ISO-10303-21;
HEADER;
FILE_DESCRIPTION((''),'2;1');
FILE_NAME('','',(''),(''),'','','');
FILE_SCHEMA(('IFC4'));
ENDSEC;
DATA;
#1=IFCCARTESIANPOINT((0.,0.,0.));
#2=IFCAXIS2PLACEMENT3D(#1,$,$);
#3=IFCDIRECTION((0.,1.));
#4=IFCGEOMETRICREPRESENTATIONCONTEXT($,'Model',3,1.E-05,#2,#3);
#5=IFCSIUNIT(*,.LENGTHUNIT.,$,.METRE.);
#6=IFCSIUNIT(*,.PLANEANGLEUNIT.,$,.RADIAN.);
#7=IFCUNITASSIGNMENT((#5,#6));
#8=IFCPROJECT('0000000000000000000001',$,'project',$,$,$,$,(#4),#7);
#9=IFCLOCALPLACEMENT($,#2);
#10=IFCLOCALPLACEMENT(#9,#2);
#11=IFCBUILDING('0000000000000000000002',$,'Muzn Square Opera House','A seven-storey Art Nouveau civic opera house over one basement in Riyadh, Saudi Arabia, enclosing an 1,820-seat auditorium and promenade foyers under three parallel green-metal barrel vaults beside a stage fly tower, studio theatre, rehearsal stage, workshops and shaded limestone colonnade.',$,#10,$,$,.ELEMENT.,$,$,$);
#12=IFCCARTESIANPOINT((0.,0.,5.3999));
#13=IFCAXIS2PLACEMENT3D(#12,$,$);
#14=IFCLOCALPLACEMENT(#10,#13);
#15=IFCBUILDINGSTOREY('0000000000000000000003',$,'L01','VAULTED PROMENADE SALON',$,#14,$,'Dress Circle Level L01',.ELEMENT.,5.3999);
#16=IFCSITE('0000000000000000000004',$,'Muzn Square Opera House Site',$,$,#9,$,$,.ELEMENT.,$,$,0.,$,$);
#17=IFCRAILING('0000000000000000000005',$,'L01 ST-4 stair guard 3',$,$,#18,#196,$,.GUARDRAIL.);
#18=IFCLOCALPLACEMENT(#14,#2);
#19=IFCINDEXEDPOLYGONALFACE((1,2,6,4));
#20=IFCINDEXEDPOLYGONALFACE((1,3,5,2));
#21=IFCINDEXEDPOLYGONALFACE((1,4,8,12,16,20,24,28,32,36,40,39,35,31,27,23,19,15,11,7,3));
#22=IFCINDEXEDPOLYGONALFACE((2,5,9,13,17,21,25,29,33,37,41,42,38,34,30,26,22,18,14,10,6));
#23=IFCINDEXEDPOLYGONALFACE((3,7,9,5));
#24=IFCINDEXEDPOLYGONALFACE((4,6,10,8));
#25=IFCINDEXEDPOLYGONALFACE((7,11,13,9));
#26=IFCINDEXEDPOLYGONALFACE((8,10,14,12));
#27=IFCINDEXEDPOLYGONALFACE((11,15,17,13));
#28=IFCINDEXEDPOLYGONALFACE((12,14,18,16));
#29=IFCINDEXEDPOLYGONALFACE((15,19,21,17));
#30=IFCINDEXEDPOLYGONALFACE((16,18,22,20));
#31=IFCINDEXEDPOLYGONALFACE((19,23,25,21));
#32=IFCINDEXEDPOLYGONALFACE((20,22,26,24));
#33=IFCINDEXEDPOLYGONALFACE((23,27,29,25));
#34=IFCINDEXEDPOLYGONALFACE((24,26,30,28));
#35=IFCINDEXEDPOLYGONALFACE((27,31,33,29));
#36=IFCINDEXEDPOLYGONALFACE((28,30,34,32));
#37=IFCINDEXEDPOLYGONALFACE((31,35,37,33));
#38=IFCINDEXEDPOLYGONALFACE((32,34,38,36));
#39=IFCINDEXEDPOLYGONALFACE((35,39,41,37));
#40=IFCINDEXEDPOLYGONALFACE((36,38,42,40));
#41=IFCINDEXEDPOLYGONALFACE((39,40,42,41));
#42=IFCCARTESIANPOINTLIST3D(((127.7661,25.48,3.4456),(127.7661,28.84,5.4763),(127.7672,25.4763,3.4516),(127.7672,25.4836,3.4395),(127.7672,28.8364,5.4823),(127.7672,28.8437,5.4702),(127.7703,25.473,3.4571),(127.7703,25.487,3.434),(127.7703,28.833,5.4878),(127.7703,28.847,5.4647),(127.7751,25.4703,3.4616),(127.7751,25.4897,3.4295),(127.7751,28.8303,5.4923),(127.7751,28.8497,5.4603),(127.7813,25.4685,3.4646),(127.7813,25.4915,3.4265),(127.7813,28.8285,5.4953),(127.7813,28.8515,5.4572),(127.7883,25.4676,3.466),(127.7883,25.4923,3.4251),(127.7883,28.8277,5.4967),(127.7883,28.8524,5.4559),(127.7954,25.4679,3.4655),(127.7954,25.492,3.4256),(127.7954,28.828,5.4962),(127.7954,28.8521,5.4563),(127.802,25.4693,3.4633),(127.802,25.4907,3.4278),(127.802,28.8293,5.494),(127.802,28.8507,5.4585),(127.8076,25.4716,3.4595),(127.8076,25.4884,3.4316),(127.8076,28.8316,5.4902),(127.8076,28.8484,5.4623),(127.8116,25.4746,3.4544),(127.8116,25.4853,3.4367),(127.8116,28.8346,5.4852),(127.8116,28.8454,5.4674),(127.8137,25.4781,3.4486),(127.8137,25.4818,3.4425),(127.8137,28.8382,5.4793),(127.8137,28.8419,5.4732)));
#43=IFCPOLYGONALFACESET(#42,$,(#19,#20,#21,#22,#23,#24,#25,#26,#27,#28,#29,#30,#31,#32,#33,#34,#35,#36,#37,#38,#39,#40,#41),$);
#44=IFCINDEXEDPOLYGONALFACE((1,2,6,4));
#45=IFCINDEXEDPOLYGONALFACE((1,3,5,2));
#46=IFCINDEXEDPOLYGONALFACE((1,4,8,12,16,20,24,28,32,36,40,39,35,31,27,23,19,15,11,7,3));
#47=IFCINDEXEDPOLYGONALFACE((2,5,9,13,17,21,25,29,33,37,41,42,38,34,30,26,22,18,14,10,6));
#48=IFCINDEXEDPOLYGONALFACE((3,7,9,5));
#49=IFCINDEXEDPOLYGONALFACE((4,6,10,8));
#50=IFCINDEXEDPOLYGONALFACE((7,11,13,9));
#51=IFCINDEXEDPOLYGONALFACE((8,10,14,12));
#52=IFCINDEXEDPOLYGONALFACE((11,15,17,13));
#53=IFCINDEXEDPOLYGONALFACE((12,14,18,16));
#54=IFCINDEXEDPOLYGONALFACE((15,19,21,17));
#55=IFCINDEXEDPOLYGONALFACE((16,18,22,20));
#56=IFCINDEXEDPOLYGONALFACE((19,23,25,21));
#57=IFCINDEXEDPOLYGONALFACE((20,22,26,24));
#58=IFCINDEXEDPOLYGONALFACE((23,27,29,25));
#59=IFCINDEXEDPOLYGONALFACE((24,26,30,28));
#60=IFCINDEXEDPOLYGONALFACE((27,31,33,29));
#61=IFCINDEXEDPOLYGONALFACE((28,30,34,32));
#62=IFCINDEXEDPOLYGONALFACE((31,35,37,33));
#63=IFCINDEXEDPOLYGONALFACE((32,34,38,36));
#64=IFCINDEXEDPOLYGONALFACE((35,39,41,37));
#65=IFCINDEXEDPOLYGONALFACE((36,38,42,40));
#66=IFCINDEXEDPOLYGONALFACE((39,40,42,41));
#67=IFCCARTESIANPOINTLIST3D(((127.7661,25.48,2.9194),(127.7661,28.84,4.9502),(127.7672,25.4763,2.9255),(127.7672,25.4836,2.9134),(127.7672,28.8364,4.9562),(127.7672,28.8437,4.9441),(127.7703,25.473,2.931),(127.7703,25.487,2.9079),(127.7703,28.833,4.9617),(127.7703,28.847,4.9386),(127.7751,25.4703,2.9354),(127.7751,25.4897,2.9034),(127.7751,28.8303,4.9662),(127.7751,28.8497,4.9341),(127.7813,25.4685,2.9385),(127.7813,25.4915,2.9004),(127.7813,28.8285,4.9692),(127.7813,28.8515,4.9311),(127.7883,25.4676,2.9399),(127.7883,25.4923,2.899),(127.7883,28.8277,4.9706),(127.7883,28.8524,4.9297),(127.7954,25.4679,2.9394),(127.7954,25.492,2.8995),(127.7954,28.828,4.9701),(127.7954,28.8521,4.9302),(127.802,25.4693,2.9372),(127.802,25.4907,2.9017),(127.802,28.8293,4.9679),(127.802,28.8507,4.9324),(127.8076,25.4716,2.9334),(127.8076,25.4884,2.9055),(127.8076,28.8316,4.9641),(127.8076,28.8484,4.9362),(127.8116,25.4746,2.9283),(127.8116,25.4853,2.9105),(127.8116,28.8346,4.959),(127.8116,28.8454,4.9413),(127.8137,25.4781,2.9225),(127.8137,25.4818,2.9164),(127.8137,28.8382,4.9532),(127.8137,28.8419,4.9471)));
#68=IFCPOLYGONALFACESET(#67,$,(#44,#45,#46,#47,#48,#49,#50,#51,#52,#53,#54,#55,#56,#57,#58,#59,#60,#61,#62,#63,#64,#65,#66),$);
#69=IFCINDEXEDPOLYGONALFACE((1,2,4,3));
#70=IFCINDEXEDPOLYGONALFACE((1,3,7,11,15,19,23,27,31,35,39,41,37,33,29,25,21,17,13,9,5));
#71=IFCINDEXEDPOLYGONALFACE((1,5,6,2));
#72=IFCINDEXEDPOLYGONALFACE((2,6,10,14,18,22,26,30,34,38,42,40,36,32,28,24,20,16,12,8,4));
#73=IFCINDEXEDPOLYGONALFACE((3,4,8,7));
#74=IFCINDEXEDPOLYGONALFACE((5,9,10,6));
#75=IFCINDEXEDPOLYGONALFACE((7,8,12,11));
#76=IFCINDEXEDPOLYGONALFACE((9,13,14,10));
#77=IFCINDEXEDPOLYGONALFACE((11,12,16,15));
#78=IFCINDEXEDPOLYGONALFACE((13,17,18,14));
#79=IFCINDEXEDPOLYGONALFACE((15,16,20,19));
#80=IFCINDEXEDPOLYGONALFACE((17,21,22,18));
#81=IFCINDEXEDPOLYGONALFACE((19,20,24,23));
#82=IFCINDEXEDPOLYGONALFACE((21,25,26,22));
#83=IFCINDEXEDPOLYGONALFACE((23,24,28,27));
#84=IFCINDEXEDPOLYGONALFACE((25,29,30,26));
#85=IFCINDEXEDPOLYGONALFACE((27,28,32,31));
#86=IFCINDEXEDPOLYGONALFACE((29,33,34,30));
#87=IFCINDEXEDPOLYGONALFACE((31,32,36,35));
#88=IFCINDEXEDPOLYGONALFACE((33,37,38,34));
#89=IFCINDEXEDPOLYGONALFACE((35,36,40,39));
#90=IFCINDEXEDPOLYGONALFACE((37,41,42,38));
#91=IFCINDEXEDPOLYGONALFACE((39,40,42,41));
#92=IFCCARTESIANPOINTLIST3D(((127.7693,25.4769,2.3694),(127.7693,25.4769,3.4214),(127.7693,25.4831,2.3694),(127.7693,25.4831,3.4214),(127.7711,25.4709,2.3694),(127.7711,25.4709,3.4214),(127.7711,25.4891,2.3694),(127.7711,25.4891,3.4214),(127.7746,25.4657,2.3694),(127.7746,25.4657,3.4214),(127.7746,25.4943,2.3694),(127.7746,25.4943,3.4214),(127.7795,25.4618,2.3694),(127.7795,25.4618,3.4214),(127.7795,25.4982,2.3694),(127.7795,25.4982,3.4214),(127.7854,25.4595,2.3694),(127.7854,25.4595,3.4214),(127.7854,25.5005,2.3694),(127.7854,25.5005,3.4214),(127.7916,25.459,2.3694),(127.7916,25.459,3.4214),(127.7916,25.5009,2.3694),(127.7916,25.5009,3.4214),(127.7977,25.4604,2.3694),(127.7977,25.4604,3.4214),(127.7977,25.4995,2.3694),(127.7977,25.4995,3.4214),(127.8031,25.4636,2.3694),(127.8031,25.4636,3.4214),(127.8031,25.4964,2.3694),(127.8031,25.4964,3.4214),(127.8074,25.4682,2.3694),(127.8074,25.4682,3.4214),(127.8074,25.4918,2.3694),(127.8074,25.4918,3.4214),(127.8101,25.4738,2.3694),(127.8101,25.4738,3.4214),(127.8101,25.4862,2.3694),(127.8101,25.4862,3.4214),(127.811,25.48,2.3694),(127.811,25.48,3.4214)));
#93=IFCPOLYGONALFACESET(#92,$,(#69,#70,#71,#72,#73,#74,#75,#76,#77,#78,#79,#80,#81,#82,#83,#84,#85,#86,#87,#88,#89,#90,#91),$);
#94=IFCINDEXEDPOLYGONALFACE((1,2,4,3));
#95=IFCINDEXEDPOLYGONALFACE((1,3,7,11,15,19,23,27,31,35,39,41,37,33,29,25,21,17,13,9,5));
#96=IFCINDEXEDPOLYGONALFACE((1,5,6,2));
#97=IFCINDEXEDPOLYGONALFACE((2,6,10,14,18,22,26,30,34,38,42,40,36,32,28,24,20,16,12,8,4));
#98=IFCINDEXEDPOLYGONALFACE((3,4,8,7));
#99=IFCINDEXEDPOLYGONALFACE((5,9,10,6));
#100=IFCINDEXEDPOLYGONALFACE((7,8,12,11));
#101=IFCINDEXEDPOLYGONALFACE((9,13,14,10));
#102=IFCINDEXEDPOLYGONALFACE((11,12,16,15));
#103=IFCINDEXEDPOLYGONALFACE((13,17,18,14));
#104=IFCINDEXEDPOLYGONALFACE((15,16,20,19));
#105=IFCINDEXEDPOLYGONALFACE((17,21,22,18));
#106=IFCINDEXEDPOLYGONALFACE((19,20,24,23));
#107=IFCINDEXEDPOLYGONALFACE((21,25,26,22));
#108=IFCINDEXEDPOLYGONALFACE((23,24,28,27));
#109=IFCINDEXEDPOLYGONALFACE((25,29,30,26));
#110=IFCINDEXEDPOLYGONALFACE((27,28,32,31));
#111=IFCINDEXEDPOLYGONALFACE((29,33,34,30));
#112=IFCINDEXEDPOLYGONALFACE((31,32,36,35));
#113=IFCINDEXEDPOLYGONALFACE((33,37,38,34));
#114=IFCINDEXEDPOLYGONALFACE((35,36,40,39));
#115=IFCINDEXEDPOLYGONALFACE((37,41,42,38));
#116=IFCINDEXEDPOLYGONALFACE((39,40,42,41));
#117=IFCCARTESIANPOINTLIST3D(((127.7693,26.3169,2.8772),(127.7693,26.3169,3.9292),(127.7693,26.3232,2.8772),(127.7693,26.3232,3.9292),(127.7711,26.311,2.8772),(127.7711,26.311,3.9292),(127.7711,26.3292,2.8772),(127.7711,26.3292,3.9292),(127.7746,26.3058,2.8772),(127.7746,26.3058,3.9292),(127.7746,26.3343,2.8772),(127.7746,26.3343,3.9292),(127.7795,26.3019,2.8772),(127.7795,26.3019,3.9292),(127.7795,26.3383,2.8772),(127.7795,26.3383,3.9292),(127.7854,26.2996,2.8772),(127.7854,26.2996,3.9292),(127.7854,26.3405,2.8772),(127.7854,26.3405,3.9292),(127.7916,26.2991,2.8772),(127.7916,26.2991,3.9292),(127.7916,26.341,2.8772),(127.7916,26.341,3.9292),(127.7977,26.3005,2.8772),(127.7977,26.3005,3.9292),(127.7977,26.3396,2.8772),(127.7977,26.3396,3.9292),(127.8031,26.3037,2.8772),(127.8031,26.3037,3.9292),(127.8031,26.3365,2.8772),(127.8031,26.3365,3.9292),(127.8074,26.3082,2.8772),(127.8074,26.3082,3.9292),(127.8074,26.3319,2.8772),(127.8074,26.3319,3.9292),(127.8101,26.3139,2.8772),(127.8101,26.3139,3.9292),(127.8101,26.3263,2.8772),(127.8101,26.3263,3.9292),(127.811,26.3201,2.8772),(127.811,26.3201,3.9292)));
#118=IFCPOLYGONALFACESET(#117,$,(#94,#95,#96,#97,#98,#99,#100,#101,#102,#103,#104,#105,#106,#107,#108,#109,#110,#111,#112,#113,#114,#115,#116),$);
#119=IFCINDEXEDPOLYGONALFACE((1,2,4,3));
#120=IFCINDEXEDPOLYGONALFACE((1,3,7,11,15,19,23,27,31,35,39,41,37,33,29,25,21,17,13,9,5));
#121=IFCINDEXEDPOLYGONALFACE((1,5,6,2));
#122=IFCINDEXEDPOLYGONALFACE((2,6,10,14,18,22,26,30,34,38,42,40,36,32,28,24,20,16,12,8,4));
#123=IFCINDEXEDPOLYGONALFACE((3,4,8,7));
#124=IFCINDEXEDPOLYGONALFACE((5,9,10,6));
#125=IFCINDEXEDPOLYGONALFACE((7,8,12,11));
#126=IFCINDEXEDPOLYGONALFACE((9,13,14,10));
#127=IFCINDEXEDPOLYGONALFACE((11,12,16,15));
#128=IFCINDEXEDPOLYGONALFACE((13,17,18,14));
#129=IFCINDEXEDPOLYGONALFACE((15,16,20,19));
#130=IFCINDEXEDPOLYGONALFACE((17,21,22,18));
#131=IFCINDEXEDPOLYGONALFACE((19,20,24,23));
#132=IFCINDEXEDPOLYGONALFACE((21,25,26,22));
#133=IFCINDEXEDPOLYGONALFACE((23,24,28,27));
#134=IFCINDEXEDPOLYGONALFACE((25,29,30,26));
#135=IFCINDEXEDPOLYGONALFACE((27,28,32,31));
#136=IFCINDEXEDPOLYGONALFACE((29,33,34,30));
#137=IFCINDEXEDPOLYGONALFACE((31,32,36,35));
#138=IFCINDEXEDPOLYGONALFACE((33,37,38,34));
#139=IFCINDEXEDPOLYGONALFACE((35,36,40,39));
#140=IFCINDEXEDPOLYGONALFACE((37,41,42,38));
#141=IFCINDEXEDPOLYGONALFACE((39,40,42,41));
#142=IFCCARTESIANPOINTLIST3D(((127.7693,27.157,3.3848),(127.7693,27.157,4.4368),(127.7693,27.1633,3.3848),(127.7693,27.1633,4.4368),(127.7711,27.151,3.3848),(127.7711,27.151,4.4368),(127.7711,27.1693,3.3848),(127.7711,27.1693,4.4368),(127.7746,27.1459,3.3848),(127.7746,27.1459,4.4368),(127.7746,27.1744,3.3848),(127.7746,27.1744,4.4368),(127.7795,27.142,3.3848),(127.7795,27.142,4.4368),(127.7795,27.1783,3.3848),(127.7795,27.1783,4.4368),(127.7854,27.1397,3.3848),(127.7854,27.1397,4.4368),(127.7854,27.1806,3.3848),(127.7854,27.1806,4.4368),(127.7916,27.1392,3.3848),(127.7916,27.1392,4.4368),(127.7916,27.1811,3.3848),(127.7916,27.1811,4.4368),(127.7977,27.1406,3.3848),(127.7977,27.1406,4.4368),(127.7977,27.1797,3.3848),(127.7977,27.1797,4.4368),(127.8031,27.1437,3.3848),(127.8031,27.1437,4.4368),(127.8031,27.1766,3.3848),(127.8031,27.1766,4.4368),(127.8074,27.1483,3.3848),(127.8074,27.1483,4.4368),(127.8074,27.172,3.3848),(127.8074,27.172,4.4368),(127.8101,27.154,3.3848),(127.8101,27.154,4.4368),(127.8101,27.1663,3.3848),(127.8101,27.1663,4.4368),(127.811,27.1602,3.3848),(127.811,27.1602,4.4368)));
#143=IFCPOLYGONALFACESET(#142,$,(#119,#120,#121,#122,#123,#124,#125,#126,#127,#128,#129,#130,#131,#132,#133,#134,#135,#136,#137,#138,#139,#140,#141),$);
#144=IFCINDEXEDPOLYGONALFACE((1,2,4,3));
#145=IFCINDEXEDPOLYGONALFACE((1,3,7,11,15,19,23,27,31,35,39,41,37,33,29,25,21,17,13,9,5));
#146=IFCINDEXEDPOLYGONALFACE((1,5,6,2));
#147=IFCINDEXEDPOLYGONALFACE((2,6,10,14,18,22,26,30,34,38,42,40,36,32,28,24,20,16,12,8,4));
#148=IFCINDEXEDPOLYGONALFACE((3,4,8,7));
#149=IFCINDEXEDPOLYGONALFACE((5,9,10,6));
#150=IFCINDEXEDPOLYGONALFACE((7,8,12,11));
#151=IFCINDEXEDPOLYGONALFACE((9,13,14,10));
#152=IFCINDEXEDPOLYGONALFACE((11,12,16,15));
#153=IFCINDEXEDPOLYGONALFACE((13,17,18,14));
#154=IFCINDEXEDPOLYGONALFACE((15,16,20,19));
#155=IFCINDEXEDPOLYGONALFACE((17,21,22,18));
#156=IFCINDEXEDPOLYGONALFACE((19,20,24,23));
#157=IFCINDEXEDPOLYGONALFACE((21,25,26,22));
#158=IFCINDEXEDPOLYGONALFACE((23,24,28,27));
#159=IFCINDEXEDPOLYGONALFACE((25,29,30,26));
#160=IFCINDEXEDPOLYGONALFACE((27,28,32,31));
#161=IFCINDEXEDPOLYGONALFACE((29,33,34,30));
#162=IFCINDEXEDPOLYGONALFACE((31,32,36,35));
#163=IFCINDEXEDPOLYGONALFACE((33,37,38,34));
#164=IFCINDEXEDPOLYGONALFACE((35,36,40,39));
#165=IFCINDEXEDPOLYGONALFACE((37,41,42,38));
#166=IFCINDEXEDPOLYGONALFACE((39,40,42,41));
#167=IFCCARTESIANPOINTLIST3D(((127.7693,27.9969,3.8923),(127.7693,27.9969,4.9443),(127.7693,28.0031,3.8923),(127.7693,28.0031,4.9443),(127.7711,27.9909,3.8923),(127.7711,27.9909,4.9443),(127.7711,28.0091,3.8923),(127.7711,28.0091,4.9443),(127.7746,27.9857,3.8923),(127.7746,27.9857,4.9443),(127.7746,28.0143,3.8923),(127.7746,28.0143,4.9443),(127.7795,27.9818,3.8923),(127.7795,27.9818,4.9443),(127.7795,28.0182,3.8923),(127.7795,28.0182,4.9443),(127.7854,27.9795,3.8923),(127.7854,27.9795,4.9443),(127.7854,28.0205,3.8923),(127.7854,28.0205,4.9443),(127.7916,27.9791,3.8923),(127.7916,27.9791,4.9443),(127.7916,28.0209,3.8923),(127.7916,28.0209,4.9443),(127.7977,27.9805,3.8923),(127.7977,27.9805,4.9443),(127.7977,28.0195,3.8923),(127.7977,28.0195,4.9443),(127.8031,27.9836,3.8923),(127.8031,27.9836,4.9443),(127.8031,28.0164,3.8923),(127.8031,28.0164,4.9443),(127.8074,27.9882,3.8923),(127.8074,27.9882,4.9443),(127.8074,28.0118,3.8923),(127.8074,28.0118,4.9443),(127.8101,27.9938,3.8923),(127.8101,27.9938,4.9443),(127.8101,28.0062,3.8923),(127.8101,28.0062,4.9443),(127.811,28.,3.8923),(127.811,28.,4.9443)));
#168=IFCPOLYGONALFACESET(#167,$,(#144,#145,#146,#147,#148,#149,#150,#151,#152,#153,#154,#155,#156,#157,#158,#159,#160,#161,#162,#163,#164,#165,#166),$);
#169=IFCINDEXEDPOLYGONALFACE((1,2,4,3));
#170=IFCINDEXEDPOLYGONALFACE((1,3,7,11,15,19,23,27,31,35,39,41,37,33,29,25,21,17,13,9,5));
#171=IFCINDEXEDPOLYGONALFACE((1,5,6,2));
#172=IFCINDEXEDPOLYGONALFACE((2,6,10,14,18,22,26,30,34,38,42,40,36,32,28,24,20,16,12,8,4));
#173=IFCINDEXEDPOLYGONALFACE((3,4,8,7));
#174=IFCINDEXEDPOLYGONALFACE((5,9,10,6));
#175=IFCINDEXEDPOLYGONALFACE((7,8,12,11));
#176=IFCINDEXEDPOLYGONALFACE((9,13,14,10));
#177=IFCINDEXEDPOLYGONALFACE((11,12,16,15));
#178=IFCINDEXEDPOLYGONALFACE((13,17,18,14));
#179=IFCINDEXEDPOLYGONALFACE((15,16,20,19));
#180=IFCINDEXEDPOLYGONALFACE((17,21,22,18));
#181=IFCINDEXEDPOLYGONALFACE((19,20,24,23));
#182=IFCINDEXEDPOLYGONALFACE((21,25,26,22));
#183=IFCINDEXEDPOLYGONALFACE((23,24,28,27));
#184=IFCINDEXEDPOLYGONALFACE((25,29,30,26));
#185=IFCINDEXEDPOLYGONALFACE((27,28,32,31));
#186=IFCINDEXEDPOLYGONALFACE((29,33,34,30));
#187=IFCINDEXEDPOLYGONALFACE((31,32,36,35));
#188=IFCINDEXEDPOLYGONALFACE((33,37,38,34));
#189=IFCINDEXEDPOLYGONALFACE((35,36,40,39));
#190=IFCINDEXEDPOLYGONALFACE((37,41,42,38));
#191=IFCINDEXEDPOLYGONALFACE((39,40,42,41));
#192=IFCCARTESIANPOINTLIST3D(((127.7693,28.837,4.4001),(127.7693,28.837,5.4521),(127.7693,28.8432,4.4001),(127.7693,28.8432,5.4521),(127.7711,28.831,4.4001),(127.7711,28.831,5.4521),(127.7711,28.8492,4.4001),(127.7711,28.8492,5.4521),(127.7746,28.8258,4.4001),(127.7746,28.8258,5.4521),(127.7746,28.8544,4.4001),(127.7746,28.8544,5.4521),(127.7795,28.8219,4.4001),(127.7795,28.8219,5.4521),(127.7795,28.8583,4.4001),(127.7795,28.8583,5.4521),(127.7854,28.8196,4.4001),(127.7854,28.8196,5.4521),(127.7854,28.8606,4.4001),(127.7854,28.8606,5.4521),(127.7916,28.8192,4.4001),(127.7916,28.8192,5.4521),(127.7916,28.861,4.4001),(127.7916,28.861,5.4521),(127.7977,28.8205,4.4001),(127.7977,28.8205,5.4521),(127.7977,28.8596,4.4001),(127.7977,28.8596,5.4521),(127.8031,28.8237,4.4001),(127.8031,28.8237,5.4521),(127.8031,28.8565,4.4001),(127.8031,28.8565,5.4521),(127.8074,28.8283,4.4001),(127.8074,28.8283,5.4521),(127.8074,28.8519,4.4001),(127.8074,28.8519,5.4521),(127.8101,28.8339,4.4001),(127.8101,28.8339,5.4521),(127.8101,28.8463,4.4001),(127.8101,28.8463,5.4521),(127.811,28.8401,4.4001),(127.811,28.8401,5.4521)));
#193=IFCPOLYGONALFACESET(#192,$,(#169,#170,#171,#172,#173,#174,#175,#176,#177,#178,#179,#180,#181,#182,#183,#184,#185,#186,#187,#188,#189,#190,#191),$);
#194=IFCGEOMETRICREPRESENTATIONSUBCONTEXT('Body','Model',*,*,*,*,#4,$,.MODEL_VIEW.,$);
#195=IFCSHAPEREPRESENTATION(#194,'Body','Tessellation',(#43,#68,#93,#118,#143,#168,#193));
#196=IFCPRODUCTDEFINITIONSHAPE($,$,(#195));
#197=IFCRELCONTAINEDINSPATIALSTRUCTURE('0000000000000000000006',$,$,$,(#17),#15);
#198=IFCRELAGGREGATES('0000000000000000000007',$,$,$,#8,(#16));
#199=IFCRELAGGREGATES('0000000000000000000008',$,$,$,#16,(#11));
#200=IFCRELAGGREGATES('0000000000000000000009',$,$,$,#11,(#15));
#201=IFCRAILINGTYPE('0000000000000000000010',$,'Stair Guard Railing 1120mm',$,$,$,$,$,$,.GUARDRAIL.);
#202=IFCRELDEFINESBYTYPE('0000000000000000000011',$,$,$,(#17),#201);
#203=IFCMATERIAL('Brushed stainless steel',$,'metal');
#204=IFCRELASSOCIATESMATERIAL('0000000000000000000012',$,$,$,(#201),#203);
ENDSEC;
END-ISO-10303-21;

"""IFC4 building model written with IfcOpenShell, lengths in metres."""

from ifc_helpers import new_model, si_unit, direction, frame, origin, origin_2d, place, context, subcontext, project, spatial, circle, extrude, material, type_object, element, save


model = new_model("IFC4")

# Units and contexts
model_context = context("Model", 3, precision=1e-05, world=origin(), true_north=direction((0.0, 1.0)))
body_context = subcontext(model_context, "Body", "Model", "MODEL_VIEW")
ifc_project = project(units=[si_unit("LENGTHUNIT", "METRE"), si_unit("PLANEANGLEUNIT", "RADIAN")], contexts=[model_context])

# Site, building, storey
site_placement = place(None, origin())
site = spatial("IfcSite", under=ifc_project, at=site_placement, Name="Muzn Square Opera House Site", CompositionType="ELEMENT", RefElevation=0.0)
building_placement = place(site_placement, origin())
building = spatial("IfcBuilding", under=site, at=building_placement, Name="Muzn Square Opera House", Description="A seven-storey Art Nouveau civic opera house over one basement in Riyadh, Saudi Arabia, enclosing an 1,820-seat auditorium and promenade foyers under three parallel green-metal barrel vaults beside a stage fly tower, studio theatre, rehearsal stage, workshops and shaded limestone colonnade.", CompositionType="ELEMENT")
storey_placement = place(building_placement, frame((0.0, 0.0, 5.3999)))
storey = spatial("IfcBuildingStorey", under=building, at=storey_placement, Name="L01", Description="VAULTED PROMENADE SALON", LongName="Dress Circle Level L01", CompositionType="ELEMENT", Elevation=5.3999)

# Railing
ifc_material_1 = material(Name="Brushed stainless steel", Category="metal")
railing_type_1 = type_object("IfcRailingType", Name="Stair Guard Railing 1120mm", PredefinedType="GUARDRAIL", material=ifc_material_1)
railing_1_placement = place(storey_placement, frame((127.79, 25.48, 2.3694)))
element("IfcRailing", 1, at=railing_1_placement, inside=storey, type_object=railing_type_1, Name="L01 ST-4 stair guard 3", PredefinedType="GUARDRAIL", context=body_context, shape_type="SweptSolid", body=[
    extrude(circle(Radius=0.0239, at=origin_2d()), frame((0.0, 0.0, 1.0762), z_axis=(0.0, 0.855837, 0.517246), x_axis=(-1.0, 0.0, 0.0)), (0.0, 0.0, 1.0), 3.926),
    extrude(circle(Radius=0.0239, at=origin_2d()), frame((0.0, 0.0, 0.55), z_axis=(0.0, 0.855837, 0.517246), x_axis=(-1.0, 0.0, 0.0)), (0.0, 0.0, 1.0), 3.926),
    extrude(circle(Radius=0.021, at=origin_2d()), origin(), (0.0, 0.0, 1.0), 1.052),
    extrude(circle(Radius=0.021, at=origin_2d()), frame((0.0, 0.8401, 0.5078)), (0.0, 0.0, 1.0), 1.052),
    extrude(circle(Radius=0.021, at=origin_2d()), frame((0.0, 1.6802, 1.0154)), (0.0, 0.0, 1.0), 1.052),
    extrude(circle(Radius=0.021, at=origin_2d()), frame((0.0, 2.52, 1.5229)), (0.0, 0.0, 1.0), 1.052),
    extrude(circle(Radius=0.021, at=origin_2d()), frame((0.0, 3.3601, 2.0308)), (0.0, 0.0, 1.0), 1.052),
])

save(model, "model.ifc")
